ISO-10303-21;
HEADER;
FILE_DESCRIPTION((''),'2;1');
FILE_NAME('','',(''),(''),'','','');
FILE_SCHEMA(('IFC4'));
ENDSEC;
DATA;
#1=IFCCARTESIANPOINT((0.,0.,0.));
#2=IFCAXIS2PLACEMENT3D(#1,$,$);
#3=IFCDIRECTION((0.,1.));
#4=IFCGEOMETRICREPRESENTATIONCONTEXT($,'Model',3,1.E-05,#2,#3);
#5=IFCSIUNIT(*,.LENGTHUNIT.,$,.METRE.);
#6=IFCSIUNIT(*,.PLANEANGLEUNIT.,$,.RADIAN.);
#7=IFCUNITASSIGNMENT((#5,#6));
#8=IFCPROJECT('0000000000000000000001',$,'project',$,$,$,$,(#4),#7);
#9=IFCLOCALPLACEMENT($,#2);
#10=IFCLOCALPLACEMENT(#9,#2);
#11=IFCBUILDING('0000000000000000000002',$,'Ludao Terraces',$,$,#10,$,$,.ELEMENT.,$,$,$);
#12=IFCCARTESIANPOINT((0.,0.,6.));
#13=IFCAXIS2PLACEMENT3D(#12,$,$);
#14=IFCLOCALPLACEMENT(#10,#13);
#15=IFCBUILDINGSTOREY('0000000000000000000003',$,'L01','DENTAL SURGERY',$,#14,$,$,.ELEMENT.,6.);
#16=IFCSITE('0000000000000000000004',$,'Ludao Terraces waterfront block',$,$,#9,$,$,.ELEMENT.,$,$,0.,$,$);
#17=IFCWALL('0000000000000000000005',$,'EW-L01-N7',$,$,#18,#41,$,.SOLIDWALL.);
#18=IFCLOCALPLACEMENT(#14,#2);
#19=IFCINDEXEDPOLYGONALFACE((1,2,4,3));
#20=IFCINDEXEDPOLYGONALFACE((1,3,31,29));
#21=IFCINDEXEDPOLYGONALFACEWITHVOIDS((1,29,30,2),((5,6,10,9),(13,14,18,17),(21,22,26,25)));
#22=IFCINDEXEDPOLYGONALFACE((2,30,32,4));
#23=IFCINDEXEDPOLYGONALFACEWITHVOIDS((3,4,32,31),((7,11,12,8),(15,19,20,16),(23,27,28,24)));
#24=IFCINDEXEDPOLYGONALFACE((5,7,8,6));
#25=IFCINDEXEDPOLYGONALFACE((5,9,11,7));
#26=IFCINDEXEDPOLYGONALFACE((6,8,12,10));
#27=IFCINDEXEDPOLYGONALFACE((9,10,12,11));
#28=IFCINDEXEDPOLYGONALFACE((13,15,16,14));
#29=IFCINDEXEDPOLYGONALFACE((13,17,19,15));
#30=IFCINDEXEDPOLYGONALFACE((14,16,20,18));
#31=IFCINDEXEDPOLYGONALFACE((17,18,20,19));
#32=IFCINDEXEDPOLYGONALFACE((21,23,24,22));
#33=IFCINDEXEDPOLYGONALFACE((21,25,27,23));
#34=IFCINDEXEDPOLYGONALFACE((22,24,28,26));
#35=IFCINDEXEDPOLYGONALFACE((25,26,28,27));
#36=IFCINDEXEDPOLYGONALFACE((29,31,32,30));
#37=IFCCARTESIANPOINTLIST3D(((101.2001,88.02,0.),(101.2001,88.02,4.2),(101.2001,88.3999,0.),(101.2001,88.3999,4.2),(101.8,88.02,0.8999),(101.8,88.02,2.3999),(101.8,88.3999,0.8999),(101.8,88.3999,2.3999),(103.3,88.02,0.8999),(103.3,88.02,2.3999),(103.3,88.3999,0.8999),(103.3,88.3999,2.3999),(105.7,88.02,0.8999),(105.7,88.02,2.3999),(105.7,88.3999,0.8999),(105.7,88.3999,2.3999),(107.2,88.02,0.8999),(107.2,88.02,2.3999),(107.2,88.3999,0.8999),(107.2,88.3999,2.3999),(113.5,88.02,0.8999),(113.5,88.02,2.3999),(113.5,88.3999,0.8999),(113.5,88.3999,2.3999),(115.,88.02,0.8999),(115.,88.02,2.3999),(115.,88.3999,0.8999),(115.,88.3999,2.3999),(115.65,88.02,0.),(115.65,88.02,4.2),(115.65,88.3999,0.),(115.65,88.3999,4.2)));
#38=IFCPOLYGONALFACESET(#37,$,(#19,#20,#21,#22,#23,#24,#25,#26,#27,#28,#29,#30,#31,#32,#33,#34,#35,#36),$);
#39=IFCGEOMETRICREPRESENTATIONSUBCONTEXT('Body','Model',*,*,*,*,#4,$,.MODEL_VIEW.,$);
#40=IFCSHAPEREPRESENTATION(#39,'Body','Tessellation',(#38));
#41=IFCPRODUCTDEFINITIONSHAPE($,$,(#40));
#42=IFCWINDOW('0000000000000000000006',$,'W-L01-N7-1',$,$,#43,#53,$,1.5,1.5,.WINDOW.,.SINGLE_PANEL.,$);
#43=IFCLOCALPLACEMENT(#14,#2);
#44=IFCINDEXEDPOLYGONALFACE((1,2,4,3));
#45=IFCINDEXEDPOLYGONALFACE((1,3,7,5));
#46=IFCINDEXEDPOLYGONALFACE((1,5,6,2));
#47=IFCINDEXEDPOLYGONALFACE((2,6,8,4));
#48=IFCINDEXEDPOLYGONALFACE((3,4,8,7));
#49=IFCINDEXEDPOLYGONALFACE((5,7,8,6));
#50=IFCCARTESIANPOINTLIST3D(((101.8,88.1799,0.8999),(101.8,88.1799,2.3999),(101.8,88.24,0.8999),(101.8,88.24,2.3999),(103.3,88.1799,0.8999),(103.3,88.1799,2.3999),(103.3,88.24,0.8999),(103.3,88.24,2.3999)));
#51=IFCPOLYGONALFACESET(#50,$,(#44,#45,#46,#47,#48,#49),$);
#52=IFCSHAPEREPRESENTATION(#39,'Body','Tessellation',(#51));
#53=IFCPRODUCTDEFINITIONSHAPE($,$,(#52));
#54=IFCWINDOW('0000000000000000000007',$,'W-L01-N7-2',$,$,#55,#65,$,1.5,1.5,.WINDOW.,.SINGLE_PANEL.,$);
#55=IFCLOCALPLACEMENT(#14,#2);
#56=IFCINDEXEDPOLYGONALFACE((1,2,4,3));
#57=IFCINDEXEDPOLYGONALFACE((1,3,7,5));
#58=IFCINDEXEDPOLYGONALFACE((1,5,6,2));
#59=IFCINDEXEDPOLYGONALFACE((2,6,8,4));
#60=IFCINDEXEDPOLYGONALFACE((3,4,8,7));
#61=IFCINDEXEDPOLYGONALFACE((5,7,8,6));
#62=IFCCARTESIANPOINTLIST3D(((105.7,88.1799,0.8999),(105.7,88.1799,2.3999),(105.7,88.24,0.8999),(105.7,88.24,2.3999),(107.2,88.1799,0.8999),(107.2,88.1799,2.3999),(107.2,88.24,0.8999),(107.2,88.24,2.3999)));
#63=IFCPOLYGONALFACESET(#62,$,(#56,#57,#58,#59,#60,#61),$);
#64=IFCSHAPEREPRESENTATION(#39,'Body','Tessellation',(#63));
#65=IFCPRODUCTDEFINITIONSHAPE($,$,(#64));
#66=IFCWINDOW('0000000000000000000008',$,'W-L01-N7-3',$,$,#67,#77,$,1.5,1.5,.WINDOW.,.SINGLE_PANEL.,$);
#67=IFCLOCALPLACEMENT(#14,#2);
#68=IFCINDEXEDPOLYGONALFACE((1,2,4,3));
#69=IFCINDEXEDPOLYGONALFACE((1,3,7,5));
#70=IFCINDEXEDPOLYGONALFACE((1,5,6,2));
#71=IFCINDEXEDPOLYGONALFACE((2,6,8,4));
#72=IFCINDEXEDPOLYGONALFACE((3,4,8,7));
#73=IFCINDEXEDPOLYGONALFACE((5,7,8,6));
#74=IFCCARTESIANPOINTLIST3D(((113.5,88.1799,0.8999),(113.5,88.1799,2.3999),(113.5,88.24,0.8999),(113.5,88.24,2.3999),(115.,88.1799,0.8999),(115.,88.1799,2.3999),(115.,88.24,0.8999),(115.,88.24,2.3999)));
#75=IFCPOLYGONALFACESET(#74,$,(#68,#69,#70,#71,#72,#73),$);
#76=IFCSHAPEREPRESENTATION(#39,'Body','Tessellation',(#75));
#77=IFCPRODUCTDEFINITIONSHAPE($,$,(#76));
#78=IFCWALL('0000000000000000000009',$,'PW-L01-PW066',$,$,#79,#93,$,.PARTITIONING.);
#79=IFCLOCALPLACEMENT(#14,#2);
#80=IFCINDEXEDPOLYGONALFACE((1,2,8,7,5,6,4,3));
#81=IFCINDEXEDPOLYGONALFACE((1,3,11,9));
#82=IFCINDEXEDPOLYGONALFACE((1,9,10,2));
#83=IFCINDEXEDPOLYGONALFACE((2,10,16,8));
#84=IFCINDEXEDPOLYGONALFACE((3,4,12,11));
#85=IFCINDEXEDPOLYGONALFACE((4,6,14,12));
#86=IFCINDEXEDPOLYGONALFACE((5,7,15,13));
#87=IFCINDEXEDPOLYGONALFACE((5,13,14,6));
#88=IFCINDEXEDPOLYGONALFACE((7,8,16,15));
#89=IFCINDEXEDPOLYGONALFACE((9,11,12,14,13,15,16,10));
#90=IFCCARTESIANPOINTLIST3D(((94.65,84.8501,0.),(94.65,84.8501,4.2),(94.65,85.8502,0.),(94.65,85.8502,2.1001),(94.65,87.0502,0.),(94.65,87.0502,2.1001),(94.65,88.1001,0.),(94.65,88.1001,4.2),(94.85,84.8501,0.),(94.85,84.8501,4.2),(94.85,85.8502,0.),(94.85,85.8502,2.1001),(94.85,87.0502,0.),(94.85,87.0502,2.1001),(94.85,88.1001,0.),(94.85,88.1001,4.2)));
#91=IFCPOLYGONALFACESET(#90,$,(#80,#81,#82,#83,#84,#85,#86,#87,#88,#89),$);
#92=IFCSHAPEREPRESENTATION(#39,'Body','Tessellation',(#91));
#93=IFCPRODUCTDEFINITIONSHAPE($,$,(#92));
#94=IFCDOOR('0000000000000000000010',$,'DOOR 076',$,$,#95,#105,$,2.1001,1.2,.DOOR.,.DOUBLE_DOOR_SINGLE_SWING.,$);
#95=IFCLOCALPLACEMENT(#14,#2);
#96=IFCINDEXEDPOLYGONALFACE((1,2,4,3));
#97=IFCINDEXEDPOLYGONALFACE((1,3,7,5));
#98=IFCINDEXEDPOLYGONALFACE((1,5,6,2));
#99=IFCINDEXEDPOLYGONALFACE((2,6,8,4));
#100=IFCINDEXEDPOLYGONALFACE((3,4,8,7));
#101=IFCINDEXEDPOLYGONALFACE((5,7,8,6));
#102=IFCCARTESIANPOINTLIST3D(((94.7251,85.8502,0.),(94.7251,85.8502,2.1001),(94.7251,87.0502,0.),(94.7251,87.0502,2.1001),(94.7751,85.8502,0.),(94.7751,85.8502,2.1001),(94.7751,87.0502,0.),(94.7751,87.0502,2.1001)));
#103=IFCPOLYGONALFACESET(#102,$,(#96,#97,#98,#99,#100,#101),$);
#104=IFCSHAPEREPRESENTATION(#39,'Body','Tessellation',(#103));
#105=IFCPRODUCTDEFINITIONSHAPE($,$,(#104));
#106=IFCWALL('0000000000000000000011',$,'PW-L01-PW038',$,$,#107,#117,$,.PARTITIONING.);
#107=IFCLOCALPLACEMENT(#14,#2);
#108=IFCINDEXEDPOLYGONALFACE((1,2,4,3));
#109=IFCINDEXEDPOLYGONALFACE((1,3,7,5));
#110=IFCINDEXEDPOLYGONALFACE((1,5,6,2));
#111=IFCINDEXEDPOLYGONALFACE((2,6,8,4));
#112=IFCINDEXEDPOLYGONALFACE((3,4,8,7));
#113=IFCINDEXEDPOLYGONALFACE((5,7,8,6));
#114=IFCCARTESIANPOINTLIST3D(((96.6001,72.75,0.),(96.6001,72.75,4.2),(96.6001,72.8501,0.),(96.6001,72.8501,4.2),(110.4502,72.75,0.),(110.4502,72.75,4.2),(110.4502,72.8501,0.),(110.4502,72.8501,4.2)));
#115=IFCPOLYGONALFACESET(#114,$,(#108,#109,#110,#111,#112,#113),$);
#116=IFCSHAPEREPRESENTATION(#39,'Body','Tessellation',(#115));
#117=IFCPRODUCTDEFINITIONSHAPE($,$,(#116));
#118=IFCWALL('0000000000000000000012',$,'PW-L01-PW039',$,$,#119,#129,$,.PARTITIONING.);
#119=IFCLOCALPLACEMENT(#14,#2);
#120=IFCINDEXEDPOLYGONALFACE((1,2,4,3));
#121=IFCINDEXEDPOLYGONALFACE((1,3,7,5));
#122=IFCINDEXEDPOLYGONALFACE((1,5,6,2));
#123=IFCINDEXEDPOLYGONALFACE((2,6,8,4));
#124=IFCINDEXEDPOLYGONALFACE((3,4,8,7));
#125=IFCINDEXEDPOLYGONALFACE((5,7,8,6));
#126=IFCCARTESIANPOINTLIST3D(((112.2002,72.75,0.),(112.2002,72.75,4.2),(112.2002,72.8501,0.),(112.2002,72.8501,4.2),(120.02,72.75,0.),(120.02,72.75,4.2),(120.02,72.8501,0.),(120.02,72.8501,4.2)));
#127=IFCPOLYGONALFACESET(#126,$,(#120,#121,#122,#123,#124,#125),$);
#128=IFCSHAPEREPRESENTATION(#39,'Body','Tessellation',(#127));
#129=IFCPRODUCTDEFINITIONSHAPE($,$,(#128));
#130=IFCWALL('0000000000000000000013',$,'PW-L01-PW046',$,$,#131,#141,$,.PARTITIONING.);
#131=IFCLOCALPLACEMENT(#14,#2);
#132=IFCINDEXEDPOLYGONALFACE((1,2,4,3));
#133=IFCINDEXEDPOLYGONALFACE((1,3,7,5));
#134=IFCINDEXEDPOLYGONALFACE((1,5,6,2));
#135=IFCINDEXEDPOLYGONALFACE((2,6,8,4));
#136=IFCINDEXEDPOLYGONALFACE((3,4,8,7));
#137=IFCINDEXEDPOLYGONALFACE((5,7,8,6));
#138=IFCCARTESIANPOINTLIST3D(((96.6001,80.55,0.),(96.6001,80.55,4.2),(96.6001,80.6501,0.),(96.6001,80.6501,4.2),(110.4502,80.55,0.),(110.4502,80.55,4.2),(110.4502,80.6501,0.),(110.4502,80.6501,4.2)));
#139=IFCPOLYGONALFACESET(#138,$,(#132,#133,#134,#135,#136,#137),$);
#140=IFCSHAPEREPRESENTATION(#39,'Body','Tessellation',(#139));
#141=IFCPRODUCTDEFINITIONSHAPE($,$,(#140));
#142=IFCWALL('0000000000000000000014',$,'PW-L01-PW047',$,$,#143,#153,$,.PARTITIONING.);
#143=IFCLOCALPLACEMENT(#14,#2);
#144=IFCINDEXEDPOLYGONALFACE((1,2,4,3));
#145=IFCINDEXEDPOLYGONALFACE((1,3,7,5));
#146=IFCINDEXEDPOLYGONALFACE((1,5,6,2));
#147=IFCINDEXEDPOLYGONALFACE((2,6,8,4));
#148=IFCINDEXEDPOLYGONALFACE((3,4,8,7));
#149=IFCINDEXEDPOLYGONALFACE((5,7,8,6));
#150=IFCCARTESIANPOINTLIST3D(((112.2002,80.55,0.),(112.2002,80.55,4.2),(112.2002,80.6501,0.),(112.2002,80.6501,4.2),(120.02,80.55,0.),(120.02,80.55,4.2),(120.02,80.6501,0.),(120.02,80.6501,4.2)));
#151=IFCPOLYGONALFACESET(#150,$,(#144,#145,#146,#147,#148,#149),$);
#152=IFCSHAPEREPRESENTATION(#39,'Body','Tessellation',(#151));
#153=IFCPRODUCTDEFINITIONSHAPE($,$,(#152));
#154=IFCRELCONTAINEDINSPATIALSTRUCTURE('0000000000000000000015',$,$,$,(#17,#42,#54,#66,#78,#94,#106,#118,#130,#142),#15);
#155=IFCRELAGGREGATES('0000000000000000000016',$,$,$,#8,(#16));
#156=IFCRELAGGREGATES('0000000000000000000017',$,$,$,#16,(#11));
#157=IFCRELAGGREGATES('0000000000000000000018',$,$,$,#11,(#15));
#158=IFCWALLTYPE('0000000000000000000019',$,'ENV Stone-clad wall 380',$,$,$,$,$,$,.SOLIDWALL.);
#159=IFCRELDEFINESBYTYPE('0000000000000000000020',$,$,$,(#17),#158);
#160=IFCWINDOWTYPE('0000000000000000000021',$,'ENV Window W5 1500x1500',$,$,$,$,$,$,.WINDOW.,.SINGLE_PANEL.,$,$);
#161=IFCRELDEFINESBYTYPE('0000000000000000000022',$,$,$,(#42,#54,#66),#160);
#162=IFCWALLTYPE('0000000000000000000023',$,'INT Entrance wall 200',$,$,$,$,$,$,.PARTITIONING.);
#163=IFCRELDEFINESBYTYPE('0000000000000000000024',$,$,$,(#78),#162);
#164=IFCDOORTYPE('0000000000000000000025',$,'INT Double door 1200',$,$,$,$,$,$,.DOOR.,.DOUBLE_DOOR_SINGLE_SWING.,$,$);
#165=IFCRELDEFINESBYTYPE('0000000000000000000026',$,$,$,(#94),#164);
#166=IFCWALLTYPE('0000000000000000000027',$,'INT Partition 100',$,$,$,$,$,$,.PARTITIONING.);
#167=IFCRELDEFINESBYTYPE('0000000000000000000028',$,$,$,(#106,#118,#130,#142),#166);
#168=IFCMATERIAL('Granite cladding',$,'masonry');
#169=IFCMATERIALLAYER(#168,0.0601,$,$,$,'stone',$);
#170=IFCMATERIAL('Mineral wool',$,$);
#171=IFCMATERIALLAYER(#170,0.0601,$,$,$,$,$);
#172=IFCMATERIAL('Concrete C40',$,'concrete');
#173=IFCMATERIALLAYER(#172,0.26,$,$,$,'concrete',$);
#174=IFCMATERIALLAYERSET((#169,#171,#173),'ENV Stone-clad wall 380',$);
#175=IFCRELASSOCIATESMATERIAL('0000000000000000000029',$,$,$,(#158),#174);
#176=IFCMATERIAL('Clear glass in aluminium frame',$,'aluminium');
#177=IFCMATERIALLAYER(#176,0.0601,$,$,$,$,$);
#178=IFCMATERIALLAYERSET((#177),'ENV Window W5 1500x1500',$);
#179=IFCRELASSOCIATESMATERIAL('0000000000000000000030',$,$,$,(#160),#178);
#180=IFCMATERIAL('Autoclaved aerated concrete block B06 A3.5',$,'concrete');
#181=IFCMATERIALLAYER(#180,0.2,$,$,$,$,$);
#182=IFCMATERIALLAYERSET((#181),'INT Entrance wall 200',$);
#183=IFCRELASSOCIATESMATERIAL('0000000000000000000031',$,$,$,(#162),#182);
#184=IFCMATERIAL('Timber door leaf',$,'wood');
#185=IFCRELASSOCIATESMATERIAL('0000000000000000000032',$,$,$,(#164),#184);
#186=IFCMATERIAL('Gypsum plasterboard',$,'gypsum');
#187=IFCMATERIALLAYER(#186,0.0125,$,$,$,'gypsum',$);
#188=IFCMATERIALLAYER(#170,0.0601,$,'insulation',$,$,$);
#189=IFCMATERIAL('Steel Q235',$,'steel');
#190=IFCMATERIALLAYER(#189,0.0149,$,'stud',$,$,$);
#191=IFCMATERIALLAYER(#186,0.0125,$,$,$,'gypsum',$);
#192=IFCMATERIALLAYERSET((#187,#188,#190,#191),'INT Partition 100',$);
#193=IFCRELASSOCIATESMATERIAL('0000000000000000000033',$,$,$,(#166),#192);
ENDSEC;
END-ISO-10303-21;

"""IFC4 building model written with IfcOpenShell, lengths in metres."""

from ifc_helpers import new_model, si_unit, direction, frame, frame_2d, origin, place, context, subcontext, project, spatial, rectangle, extrude, material, layer, layer_set, type_object, element, fill, save


model = new_model("IFC4")

# Units and contexts
model_context = context("Model", 3, precision=1e-05, world=origin(), true_north=direction((0.0, 1.0)))
body_context = subcontext(model_context, "Body", "Model", "MODEL_VIEW")
ifc_project = project(units=[si_unit("LENGTHUNIT", "METRE"), si_unit("PLANEANGLEUNIT", "RADIAN")], contexts=[model_context])

# Site, building, storey
site_placement = place(None, origin())
site = spatial("IfcSite", under=ifc_project, at=site_placement, Name="Ludao Terraces waterfront block", CompositionType="ELEMENT", RefElevation=0.0)
building_placement = place(site_placement, origin())
building = spatial("IfcBuilding", under=site, at=building_placement, Name="Ludao Terraces", CompositionType="ELEMENT")
storey_placement = place(building_placement, frame((0.0, 0.0, 6.0)))
storey = spatial("IfcBuildingStorey", under=building, at=storey_placement, Name="L01", Description="DENTAL SURGERY", CompositionType="ELEMENT", Elevation=6.0)

# Shared definitions
ifc_material_1 = material(Name="Steel Q235", Category="steel")

# Shared definitions
ifc_material_2 = material(Name="Granite cladding", Category="masonry")
ifc_layer_1 = layer(ifc_material_2, 0.0601, Category="stone")
ifc_material_3 = material(Name="Mineral wool")
ifc_layer_2 = layer(ifc_material_3, 0.0601)
ifc_material_4 = material(Name="Concrete C40", Category="concrete")
ifc_layer_3 = layer(ifc_material_4, 0.26, Category="concrete")
ifc_layer_set_1 = layer_set([ifc_layer_1, ifc_layer_2, ifc_layer_3], Name="ENV Stone-clad wall 380")
wall_type_1 = type_object("IfcWallType", Name="ENV Stone-clad wall 380", PredefinedType="SOLIDWALL", material=ifc_layer_set_1)
ifc_material_5 = material(Name="Clear glass in aluminium frame", Category="aluminium")
ifc_layer_4 = layer(ifc_material_5, 0.0601)
ifc_layer_set_2 = layer_set([ifc_layer_4], Name="ENV Window W5 1500x1500")
window_type = type_object("IfcWindowType", Name="ENV Window W5 1500x1500", PartitioningType="SINGLE_PANEL", PredefinedType="WINDOW", material=ifc_layer_set_2)

# Wall, openings, windows
wall_1_placement = place(storey_placement, frame((101.2, 88.21, 0.0), z_axis=(0.0, 0.0, 1.0), x_axis=(1.0, 0.0, 0.0)))
wall_1 = element("IfcWall", 1, at=wall_1_placement, inside=storey, type_object=wall_type_1, Name="EW-L01-N7", PredefinedType="SOLIDWALL", context=body_context, shape_type="SweptSolid", body=[
    extrude(rectangle(XDim=14.45, YDim=0.3799, at=frame_2d((7.2251, 0.0))), origin(), (0.0, 0.0, 1.0), 4.2),
])
opening_1_placement = place(wall_1_placement, frame((0.6001, 0.0, 0.8999)))
opening_1 = element("IfcOpeningElement", 2, at=opening_1_placement, cuts=wall_1, PredefinedType="OPENING", context=body_context, shape_type="SweptSolid", body=[
    extrude(rectangle(XDim=1.5, YDim=1.5, at=frame_2d((0.75, 0.75))), frame((0.0, 0.2, 0.0), z_axis=(0.0, -1.0, 0.0), x_axis=(1.0, 0.0, 0.0)), (0.0, 0.0, 1.0), 0.3999),
])
opening_2_placement = place(wall_1_placement, frame((4.5, 0.0, 0.8999)))
opening_2 = element("IfcOpeningElement", 3, at=opening_2_placement, cuts=wall_1, PredefinedType="OPENING", context=body_context, shape_type="SweptSolid", body=[
    extrude(rectangle(XDim=1.5, YDim=1.5, at=frame_2d((0.75, 0.75))), frame((0.0, 0.2, 0.0), z_axis=(0.0, -1.0, 0.0), x_axis=(1.0, 0.0, 0.0)), (0.0, 0.0, 1.0), 0.3999),
])
opening_3_placement = place(wall_1_placement, frame((12.3, 0.0, 0.8999)))
opening_3 = element("IfcOpeningElement", 4, at=opening_3_placement, cuts=wall_1, PredefinedType="OPENING", context=body_context, shape_type="SweptSolid", body=[
    extrude(rectangle(XDim=1.5, YDim=1.5, at=frame_2d((0.75, 0.75))), frame((0.0, 0.2, 0.0), z_axis=(0.0, -1.0, 0.0), x_axis=(1.0, 0.0, 0.0)), (0.0, 0.0, 1.0), 0.3999),
])
window_1_placement = place(opening_1_placement, origin())
window_1 = element("IfcWindow", 5, at=window_1_placement, inside=storey, type_object=window_type, Name="W-L01-N7-1", OverallHeight=1.5, OverallWidth=1.5, PartitioningType="SINGLE_PANEL", PredefinedType="WINDOW", context=body_context, shape_type="SweptSolid", body=[
    extrude(rectangle(XDim=1.5, YDim=1.5, at=frame_2d((0.75, 0.75))), frame((0.0, 0.03, 0.0), z_axis=(0.0, -1.0, 0.0), x_axis=(1.0, 0.0, 0.0)), (0.0, 0.0, 1.0), 0.0601),
])
fill(opening_1, window_1)
window_2_placement = place(opening_2_placement, origin())
window_2 = element("IfcWindow", 6, at=window_2_placement, inside=storey, type_object=window_type, Name="W-L01-N7-2", OverallHeight=1.5, OverallWidth=1.5, PartitioningType="SINGLE_PANEL", PredefinedType="WINDOW", context=body_context, shape_type="SweptSolid", body=[
    extrude(rectangle(XDim=1.5, YDim=1.5, at=frame_2d((0.75, 0.75))), frame((0.0, 0.03, 0.0), z_axis=(0.0, -1.0, 0.0), x_axis=(1.0, 0.0, 0.0)), (0.0, 0.0, 1.0), 0.0601),
])
fill(opening_2, window_2)
window_3_placement = place(opening_3_placement, origin())
window_3 = element("IfcWindow", 7, at=window_3_placement, inside=storey, type_object=window_type, Name="W-L01-N7-3", OverallHeight=1.5, OverallWidth=1.5, PartitioningType="SINGLE_PANEL", PredefinedType="WINDOW", context=body_context, shape_type="SweptSolid", body=[
    extrude(rectangle(XDim=1.5, YDim=1.5, at=frame_2d((0.75, 0.75))), frame((0.0, 0.03, 0.0), z_axis=(0.0, -1.0, 0.0), x_axis=(1.0, 0.0, 0.0)), (0.0, 0.0, 1.0), 0.0601),
])
fill(opening_3, window_3)

# Wall, opening, door
ifc_material_6 = material(Name="Autoclaved aerated concrete block B06 A3.5", Category="concrete")
ifc_layer_5 = layer(ifc_material_6, 0.2)
ifc_layer_set_3 = layer_set([ifc_layer_5], Name="INT Entrance wall 200")
wall_type_2 = type_object("IfcWallType", Name="INT Entrance wall 200", PredefinedType="PARTITIONING", material=ifc_layer_set_3)
wall_2_placement = place(storey_placement, frame((94.75, 84.8501, 0.0), z_axis=(0.0, 0.0, 1.0), x_axis=(0.0, 1.0, 0.0)))
wall_2 = element("IfcWall", 8, at=wall_2_placement, inside=storey, type_object=wall_type_2, Name="PW-L01-PW066", PredefinedType="PARTITIONING", context=body_context, shape_type="SweptSolid", body=[
    extrude(rectangle(XDim=3.25, YDim=0.2, at=frame_2d((1.625, 0.0))), origin(), (0.0, 0.0, 1.0), 4.2),
])
opening_4_placement = place(wall_2_placement, frame((1.0, 0.0, 0.0)))
opening_4 = element("IfcOpeningElement", 9, at=opening_4_placement, cuts=wall_2, PredefinedType="OPENING", context=body_context, shape_type="SweptSolid", body=[
    extrude(rectangle(XDim=1.2, YDim=2.1001, at=frame_2d((0.6001, 1.05))), frame((0.0, 0.1099, 0.0), z_axis=(0.0, -1.0, 0.0), x_axis=(1.0, 0.0, 0.0)), (0.0, 0.0, 1.0), 0.22),
])
ifc_material_7 = material(Name="Timber door leaf", Category="wood")
door_type_1 = type_object("IfcDoorType", Name="INT Double door 1200", OperationType="DOUBLE_DOOR_SINGLE_SWING", PredefinedType="DOOR", material=ifc_material_7)
door_1_placement = place(opening_4_placement, origin())
door_1 = element("IfcDoor", 10, at=door_1_placement, inside=storey, type_object=door_type_1, Name="DOOR 076", OperationType="DOUBLE_DOOR_SINGLE_SWING", OverallHeight=2.1001, OverallWidth=1.2, PredefinedType="DOOR", context=body_context, shape_type="SweptSolid", body=[
    extrude(rectangle(XDim=1.2, YDim=2.1001, at=frame_2d((0.6001, 1.05))), frame((0.0, 0.0249, 0.0), z_axis=(0.0, -1.0, 0.0), x_axis=(1.0, 0.0, 0.0)), (0.0, 0.0, 1.0), 0.05),
])
fill(opening_4, door_1)

# Walls
ifc_material_8 = material(Name="Gypsum plasterboard", Category="gypsum")
ifc_layer_6 = layer(ifc_material_8, 0.0125, Category="gypsum")
ifc_layer_7 = layer(ifc_material_3, 0.0601, Name="insulation")
ifc_layer_8 = layer(ifc_material_1, 0.0149, Name="stud")
ifc_layer_9 = layer(ifc_material_8, 0.0125, Category="gypsum")
ifc_layer_set_4 = layer_set([ifc_layer_6, ifc_layer_7, ifc_layer_8, ifc_layer_9], Name="INT Partition 100")
wall_type_3 = type_object("IfcWallType", Name="INT Partition 100", PredefinedType="PARTITIONING", material=ifc_layer_set_4)
wall_3_placement = place(storey_placement, frame((96.6001, 72.8, 0.0), z_axis=(0.0, 0.0, 1.0), x_axis=(1.0, 0.0, 0.0)))
element("IfcWall", 11, at=wall_3_placement, inside=storey, type_object=wall_type_3, Name="PW-L01-PW038", PredefinedType="PARTITIONING", context=body_context, shape_type="SweptSolid", body=[
    extrude(rectangle(XDim=13.8501, YDim=0.1001, at=frame_2d((6.925, 0.0))), origin(), (0.0, 0.0, 1.0), 4.2),
])
wall_4_placement = place(storey_placement, frame((112.2002, 72.8, 0.0), z_axis=(0.0, 0.0, 1.0), x_axis=(1.0, 0.0, 0.0)))
element("IfcWall", 12, at=wall_4_placement, inside=storey, type_object=wall_type_3, Name="PW-L01-PW039", PredefinedType="PARTITIONING", context=body_context, shape_type="SweptSolid", body=[
    extrude(rectangle(XDim=7.8198, YDim=0.1001, at=frame_2d((3.9099, 0.0))), origin(), (0.0, 0.0, 1.0), 4.2),
])
wall_5_placement = place(storey_placement, frame((96.6001, 80.6001, 0.0), z_axis=(0.0, 0.0, 1.0), x_axis=(1.0, 0.0, 0.0)))
element("IfcWall", 13, at=wall_5_placement, inside=storey, type_object=wall_type_3, Name="PW-L01-PW046", PredefinedType="PARTITIONING", context=body_context, shape_type="SweptSolid", body=[
    extrude(rectangle(XDim=13.8501, YDim=0.1001, at=frame_2d((6.925, 0.0))), origin(), (0.0, 0.0, 1.0), 4.2),
])
wall_6_placement = place(storey_placement, frame((112.2002, 80.6001, 0.0), z_axis=(0.0, 0.0, 1.0), x_axis=(1.0, 0.0, 0.0)))
element("IfcWall", 14, at=wall_6_placement, inside=storey, type_object=wall_type_3, Name="PW-L01-PW047", PredefinedType="PARTITIONING", context=body_context, shape_type="SweptSolid", body=[
    extrude(rectangle(XDim=7.8198, YDim=0.1001, at=frame_2d((3.9099, 0.0))), origin(), (0.0, 0.0, 1.0), 4.2),
])

save(model, "model.ifc")
